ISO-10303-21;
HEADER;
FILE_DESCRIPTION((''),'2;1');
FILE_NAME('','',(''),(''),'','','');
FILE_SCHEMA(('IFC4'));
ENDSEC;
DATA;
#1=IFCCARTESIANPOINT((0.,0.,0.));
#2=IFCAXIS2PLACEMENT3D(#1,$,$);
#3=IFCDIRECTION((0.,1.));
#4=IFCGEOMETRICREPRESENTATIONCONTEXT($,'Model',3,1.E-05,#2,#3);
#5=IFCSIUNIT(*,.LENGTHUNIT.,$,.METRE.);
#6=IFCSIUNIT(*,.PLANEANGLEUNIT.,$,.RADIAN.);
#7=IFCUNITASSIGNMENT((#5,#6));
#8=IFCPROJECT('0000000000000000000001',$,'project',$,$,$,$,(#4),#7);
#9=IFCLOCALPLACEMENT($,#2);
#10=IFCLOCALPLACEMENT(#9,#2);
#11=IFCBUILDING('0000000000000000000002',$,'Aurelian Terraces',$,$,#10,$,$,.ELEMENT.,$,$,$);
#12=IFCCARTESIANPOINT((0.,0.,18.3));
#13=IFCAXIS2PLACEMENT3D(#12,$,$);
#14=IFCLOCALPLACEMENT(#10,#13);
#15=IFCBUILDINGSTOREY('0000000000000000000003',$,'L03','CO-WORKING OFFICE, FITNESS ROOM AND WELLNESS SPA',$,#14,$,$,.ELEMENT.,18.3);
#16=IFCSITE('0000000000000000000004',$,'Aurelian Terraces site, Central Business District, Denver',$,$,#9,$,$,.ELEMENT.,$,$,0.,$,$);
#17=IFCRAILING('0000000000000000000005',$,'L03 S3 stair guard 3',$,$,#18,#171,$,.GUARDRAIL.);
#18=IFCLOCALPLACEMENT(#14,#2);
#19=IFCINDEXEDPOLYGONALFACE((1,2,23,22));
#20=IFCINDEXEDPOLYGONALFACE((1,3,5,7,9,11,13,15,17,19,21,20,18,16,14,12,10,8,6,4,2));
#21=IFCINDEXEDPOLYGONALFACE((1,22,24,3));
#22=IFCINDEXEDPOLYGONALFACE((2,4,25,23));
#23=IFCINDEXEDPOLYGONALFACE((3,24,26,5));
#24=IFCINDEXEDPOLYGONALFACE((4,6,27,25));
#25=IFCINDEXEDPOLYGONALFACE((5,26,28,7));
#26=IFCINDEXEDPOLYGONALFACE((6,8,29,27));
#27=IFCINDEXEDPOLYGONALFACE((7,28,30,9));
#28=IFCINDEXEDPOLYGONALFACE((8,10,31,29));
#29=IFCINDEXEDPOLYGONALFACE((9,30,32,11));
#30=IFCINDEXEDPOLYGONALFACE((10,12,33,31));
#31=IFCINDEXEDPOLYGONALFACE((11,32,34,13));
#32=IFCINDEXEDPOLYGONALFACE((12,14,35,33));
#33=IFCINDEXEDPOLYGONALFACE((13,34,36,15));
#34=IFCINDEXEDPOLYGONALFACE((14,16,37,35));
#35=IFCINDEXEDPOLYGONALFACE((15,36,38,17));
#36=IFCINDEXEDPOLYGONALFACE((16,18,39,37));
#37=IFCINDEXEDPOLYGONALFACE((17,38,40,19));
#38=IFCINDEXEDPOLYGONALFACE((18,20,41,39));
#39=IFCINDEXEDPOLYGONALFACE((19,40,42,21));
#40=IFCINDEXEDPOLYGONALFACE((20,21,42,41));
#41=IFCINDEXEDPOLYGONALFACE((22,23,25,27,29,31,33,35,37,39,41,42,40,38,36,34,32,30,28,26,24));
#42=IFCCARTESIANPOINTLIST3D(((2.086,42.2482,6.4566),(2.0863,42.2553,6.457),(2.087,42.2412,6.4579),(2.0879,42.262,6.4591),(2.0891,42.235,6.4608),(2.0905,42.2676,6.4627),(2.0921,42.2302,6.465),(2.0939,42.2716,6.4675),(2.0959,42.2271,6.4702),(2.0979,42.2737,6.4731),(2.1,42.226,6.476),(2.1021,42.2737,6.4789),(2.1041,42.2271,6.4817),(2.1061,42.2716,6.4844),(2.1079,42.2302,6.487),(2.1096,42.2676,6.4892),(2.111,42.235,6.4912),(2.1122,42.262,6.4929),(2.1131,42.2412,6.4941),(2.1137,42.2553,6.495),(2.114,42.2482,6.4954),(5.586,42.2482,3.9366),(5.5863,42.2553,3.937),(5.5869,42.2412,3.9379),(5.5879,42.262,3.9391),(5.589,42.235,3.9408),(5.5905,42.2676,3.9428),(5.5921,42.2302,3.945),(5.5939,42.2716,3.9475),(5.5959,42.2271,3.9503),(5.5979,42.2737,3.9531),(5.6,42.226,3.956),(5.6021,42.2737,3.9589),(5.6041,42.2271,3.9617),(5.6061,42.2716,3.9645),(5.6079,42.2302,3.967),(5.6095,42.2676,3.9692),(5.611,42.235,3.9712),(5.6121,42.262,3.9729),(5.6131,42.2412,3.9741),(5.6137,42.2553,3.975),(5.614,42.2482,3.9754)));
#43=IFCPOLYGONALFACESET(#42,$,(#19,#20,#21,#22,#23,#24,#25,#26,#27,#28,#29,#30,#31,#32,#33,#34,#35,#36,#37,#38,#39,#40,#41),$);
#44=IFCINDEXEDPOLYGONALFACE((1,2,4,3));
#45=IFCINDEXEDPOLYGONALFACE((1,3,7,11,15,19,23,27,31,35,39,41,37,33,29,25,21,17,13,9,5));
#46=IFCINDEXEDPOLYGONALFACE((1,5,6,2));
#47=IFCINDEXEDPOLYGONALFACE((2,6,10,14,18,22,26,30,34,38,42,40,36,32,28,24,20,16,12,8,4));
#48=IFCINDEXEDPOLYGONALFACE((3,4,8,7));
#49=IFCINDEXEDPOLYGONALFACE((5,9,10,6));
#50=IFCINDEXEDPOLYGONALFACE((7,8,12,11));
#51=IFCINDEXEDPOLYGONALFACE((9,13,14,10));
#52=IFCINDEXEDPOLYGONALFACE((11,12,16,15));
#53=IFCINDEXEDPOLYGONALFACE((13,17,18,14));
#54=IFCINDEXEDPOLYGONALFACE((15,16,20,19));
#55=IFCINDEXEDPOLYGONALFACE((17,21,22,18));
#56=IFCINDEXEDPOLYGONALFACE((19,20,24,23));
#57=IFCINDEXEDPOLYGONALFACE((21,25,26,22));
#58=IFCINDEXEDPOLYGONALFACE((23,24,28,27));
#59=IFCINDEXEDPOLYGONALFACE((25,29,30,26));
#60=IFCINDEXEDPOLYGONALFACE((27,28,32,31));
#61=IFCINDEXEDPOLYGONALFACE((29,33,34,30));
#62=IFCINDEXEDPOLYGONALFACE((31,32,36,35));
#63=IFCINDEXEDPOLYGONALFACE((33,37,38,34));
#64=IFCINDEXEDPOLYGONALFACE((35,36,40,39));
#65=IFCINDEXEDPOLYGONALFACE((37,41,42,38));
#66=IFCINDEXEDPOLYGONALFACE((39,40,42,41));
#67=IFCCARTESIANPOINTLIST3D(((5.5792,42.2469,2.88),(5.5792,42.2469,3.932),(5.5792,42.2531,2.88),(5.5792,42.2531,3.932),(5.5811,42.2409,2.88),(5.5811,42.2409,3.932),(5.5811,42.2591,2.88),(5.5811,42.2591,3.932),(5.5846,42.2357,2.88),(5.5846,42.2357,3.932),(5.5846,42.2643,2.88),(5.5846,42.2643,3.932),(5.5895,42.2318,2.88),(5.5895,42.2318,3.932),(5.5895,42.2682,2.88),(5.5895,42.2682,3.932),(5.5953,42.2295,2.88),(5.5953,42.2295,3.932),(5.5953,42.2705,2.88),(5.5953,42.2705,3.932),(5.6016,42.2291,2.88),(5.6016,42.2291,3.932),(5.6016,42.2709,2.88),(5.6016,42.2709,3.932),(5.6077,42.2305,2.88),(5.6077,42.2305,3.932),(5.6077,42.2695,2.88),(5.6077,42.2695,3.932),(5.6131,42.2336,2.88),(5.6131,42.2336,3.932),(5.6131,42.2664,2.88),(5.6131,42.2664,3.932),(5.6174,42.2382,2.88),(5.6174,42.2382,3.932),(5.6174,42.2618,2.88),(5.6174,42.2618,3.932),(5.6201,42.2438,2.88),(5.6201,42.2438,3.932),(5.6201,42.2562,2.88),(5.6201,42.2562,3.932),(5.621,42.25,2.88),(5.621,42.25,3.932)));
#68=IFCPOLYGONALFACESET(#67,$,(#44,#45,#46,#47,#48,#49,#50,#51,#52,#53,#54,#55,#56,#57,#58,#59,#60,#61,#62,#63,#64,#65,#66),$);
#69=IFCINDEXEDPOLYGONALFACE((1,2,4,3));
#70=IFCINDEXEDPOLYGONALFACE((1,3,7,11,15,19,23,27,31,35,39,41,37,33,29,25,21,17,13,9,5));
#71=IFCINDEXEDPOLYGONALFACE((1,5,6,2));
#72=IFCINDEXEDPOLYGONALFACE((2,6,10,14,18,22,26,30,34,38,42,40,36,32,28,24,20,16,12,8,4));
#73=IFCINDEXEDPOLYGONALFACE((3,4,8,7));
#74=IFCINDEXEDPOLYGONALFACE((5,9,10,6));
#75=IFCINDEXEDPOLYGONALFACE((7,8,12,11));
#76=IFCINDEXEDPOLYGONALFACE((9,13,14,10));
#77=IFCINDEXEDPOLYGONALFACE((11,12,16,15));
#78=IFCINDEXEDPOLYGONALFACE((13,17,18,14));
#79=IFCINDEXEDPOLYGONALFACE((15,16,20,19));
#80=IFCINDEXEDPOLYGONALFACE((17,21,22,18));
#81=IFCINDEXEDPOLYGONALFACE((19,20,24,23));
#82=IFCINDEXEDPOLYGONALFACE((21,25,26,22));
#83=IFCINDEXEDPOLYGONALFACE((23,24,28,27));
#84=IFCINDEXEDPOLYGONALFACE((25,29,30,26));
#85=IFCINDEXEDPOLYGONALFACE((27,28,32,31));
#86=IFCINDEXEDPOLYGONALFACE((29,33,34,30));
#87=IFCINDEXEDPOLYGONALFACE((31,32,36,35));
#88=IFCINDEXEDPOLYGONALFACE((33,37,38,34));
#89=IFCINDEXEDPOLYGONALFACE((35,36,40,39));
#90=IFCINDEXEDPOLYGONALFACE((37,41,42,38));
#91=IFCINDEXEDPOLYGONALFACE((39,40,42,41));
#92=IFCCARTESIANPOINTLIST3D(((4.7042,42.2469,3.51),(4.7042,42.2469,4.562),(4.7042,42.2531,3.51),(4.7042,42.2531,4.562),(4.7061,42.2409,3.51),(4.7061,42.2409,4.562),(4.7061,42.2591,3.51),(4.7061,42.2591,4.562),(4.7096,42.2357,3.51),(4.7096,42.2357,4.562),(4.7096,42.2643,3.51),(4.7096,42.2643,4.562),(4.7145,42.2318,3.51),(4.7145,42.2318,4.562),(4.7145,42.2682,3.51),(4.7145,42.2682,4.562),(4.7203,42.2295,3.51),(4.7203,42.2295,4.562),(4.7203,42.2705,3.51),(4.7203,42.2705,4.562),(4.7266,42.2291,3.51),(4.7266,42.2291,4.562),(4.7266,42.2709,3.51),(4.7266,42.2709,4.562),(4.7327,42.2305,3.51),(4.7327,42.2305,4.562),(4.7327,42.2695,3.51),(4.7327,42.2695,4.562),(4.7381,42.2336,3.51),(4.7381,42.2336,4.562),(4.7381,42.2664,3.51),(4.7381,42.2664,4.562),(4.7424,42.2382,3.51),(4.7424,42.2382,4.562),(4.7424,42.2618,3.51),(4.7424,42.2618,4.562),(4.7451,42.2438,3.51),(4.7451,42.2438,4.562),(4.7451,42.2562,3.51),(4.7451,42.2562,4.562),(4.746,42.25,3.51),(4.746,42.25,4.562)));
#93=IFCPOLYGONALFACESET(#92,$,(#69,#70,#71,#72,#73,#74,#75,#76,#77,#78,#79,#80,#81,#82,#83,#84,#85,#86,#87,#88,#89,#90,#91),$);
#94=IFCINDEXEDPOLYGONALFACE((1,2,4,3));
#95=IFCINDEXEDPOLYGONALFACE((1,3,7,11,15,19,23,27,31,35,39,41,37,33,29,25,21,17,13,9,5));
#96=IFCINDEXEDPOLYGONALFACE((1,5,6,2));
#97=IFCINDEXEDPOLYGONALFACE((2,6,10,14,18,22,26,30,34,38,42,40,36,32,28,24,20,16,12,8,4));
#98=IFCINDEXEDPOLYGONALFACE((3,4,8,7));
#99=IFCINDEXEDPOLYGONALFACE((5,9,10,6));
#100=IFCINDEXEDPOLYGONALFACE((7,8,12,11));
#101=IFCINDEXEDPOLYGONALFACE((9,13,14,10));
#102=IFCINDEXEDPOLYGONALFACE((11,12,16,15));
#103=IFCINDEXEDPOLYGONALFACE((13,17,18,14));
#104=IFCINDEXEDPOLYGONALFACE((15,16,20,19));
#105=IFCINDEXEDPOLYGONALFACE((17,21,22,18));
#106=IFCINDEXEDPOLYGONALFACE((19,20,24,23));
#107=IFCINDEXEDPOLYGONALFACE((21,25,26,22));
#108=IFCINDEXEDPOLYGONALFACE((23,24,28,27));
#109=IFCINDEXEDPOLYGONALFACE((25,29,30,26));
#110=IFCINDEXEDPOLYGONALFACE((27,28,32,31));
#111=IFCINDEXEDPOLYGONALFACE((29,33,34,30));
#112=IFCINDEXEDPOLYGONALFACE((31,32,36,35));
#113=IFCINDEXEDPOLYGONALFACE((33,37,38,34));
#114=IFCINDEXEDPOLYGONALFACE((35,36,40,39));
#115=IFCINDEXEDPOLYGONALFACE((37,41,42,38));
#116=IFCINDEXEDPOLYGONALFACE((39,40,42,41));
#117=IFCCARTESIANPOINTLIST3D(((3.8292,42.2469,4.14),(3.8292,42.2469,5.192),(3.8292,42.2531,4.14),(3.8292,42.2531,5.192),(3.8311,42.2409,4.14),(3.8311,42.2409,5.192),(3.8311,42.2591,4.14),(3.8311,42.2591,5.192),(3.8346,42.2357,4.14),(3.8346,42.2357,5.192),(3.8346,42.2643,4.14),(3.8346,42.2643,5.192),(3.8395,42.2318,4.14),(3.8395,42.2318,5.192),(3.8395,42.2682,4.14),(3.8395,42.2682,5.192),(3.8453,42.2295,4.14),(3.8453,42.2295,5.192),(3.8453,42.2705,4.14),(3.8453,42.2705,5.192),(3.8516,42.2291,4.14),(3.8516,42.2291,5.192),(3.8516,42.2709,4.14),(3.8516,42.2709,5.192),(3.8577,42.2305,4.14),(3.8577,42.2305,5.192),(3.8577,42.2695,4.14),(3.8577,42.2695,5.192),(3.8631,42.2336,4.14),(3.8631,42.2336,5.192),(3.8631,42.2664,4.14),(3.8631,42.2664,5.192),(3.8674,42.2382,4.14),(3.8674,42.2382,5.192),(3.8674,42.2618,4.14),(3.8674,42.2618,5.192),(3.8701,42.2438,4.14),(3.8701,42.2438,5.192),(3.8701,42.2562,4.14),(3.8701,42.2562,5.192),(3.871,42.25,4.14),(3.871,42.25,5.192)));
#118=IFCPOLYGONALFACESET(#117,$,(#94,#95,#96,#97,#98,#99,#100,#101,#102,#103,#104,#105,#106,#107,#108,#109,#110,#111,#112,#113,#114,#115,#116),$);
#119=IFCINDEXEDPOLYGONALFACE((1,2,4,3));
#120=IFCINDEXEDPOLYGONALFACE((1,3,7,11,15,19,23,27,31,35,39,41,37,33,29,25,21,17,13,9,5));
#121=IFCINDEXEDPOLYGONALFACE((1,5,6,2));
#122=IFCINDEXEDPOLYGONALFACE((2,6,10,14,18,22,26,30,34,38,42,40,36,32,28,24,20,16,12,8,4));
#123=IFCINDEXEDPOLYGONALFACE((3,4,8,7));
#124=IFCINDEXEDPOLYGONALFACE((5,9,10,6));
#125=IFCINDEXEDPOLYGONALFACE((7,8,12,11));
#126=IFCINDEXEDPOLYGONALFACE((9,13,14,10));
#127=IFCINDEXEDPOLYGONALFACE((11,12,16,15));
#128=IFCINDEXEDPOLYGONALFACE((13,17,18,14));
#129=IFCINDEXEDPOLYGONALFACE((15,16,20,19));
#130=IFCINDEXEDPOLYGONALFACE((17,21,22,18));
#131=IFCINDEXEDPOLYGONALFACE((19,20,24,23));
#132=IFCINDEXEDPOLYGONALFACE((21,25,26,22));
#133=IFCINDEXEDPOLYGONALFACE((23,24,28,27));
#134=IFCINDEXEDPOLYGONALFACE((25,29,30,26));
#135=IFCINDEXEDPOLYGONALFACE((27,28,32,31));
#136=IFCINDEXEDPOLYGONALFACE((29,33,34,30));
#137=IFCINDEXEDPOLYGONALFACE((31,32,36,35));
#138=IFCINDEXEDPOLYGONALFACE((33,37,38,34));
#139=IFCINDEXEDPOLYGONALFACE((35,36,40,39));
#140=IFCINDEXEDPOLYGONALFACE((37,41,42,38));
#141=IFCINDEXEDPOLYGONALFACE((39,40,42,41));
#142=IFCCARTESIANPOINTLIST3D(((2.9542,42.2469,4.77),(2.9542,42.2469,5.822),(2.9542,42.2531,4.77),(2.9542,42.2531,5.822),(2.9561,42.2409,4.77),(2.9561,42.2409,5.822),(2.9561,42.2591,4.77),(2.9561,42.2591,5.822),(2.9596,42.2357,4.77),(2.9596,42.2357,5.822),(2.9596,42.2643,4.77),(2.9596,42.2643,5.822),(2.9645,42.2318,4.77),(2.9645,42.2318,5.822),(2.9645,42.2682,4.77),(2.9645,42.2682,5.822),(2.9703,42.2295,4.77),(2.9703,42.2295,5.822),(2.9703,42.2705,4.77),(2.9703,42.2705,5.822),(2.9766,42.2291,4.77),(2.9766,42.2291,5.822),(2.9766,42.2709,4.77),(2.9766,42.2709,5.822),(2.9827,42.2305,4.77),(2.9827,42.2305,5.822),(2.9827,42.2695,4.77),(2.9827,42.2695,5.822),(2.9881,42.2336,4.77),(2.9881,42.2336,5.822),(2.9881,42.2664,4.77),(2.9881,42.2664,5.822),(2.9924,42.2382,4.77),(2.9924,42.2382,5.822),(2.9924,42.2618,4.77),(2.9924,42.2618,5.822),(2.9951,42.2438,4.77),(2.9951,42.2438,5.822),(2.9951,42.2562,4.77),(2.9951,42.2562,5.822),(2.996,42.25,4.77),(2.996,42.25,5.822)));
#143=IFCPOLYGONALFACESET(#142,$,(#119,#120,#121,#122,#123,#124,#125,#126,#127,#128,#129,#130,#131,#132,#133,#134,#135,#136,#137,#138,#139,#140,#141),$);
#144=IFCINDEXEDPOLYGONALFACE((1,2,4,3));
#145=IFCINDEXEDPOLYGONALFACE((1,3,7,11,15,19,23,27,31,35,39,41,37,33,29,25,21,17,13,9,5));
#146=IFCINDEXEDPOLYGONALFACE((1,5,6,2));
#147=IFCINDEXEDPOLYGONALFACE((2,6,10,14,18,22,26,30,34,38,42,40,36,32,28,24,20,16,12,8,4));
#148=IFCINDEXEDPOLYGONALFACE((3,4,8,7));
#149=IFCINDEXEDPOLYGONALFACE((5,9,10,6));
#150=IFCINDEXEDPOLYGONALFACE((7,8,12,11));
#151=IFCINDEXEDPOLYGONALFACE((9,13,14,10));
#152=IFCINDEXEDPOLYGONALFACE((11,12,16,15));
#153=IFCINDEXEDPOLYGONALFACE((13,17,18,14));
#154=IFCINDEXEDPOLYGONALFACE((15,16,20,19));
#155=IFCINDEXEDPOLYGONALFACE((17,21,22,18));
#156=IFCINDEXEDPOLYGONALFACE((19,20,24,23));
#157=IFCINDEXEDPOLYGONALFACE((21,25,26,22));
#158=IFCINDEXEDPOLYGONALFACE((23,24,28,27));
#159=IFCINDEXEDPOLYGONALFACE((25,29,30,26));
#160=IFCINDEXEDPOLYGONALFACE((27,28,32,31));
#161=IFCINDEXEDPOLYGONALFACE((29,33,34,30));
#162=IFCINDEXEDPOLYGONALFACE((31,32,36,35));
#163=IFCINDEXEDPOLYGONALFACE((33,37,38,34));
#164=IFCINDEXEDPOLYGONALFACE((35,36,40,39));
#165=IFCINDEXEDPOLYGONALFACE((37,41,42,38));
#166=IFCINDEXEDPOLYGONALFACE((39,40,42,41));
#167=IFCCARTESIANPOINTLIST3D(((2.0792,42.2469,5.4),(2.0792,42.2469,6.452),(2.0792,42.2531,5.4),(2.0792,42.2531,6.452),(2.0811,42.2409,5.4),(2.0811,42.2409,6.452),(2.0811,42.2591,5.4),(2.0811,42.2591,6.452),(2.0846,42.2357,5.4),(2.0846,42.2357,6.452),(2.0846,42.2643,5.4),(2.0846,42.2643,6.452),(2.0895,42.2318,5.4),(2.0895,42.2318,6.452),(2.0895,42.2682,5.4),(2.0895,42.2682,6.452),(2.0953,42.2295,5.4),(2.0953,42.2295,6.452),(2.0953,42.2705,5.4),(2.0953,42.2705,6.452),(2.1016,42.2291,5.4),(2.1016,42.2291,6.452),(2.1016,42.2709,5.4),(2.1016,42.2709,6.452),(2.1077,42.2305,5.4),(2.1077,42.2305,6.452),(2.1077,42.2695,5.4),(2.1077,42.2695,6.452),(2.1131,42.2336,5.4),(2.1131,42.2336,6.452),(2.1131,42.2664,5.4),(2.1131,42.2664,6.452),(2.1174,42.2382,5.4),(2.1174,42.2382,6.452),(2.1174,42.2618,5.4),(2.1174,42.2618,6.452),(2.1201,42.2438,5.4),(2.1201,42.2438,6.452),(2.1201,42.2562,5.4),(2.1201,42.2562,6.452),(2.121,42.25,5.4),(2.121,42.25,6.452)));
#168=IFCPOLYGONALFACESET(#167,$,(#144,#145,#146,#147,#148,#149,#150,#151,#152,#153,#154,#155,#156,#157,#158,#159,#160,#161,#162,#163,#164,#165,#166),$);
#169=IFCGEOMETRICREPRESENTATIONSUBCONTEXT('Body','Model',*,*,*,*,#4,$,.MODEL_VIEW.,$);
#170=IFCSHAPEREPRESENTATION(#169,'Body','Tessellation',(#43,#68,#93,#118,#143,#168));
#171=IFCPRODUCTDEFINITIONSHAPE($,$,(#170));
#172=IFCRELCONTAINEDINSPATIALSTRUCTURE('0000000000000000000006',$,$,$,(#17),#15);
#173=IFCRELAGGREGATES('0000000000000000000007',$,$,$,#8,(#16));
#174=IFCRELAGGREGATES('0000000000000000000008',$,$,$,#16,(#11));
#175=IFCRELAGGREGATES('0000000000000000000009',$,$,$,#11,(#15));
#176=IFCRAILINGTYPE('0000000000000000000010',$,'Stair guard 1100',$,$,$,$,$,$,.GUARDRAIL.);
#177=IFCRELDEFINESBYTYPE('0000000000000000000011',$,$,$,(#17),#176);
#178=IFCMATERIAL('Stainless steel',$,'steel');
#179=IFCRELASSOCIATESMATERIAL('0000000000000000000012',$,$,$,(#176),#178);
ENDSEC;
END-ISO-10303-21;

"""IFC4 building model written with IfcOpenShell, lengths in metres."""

from ifc_helpers import new_model, si_unit, direction, frame, origin, origin_2d, place, context, subcontext, project, spatial, circle, extrude, source, transform, mapped, material, type_object, element, save


model = new_model("IFC4")

# Units and contexts
model_context = context("Model", 3, precision=1e-05, world=origin(), true_north=direction((0.0, 1.0)))
body_context = subcontext(model_context, "Body", "Model", "MODEL_VIEW")
ifc_project = project(units=[si_unit("LENGTHUNIT", "METRE"), si_unit("PLANEANGLEUNIT", "RADIAN")], contexts=[model_context])

# Site, building, storey
site_placement = place(None, origin())
site = spatial("IfcSite", under=ifc_project, at=site_placement, Name="Aurelian Terraces site, Central Business District, Denver", CompositionType="ELEMENT", RefElevation=0.0)
building_placement = place(site_placement, origin())
building = spatial("IfcBuilding", under=site, at=building_placement, Name="Aurelian Terraces", CompositionType="ELEMENT")
storey_placement = place(building_placement, frame((0.0, 0.0, 18.3)))
storey = spatial("IfcBuildingStorey", under=building, at=storey_placement, Name="L03", Description="CO-WORKING OFFICE, FITNESS ROOM AND WELLNESS SPA", CompositionType="ELEMENT", Elevation=18.3)

# Railing
ifc_material_1 = material(Name="Stainless steel", Category="steel")
railing_type_1 = type_object("IfcRailingType", Name="Stair guard 1100", PredefinedType="GUARDRAIL", material=ifc_material_1)
shared_shape_1 = source(origin(), body_context, "Body", "SweptSolid", [
    extrude(circle(Radius=0.024, at=origin_2d()), frame((0.0, 0.0, 1.076), z_axis=(-0.811534, 0.0, 0.584305), x_axis=(0.0, -1.0, 0.0)), (0.0, 0.0, 1.0), 4.3128),
    extrude(circle(Radius=0.021, at=origin_2d()), origin(), (0.0, 0.0, 1.0), 1.052),
    extrude(circle(Radius=0.021, at=origin_2d()), frame((-0.875, 0.0, 0.63)), (0.0, 0.0, 1.0), 1.052),
    extrude(circle(Radius=0.021, at=origin_2d()), frame((-1.75, 0.0, 1.26)), (0.0, 0.0, 1.0), 1.052),
    extrude(circle(Radius=0.021, at=origin_2d()), frame((-2.625, 0.0, 1.89)), (0.0, 0.0, 1.0), 1.052),
    extrude(circle(Radius=0.021, at=origin_2d()), frame((-3.5, 0.0, 2.52)), (0.0, 0.0, 1.0), 1.052),
])
railing_1_placement = place(storey_placement, frame((5.6, 42.25, 2.88)))
element("IfcRailing", 1, at=railing_1_placement, inside=storey, type_object=railing_type_1, Name="L03 S3 stair guard 3", PredefinedType="GUARDRAIL", context=body_context, shape_type="MappedRepresentation", body=[
    mapped(shared_shape_1, transform((0.0, 0.0, 0.0), scale=1.0)),
])

save(model, "model.ifc")
